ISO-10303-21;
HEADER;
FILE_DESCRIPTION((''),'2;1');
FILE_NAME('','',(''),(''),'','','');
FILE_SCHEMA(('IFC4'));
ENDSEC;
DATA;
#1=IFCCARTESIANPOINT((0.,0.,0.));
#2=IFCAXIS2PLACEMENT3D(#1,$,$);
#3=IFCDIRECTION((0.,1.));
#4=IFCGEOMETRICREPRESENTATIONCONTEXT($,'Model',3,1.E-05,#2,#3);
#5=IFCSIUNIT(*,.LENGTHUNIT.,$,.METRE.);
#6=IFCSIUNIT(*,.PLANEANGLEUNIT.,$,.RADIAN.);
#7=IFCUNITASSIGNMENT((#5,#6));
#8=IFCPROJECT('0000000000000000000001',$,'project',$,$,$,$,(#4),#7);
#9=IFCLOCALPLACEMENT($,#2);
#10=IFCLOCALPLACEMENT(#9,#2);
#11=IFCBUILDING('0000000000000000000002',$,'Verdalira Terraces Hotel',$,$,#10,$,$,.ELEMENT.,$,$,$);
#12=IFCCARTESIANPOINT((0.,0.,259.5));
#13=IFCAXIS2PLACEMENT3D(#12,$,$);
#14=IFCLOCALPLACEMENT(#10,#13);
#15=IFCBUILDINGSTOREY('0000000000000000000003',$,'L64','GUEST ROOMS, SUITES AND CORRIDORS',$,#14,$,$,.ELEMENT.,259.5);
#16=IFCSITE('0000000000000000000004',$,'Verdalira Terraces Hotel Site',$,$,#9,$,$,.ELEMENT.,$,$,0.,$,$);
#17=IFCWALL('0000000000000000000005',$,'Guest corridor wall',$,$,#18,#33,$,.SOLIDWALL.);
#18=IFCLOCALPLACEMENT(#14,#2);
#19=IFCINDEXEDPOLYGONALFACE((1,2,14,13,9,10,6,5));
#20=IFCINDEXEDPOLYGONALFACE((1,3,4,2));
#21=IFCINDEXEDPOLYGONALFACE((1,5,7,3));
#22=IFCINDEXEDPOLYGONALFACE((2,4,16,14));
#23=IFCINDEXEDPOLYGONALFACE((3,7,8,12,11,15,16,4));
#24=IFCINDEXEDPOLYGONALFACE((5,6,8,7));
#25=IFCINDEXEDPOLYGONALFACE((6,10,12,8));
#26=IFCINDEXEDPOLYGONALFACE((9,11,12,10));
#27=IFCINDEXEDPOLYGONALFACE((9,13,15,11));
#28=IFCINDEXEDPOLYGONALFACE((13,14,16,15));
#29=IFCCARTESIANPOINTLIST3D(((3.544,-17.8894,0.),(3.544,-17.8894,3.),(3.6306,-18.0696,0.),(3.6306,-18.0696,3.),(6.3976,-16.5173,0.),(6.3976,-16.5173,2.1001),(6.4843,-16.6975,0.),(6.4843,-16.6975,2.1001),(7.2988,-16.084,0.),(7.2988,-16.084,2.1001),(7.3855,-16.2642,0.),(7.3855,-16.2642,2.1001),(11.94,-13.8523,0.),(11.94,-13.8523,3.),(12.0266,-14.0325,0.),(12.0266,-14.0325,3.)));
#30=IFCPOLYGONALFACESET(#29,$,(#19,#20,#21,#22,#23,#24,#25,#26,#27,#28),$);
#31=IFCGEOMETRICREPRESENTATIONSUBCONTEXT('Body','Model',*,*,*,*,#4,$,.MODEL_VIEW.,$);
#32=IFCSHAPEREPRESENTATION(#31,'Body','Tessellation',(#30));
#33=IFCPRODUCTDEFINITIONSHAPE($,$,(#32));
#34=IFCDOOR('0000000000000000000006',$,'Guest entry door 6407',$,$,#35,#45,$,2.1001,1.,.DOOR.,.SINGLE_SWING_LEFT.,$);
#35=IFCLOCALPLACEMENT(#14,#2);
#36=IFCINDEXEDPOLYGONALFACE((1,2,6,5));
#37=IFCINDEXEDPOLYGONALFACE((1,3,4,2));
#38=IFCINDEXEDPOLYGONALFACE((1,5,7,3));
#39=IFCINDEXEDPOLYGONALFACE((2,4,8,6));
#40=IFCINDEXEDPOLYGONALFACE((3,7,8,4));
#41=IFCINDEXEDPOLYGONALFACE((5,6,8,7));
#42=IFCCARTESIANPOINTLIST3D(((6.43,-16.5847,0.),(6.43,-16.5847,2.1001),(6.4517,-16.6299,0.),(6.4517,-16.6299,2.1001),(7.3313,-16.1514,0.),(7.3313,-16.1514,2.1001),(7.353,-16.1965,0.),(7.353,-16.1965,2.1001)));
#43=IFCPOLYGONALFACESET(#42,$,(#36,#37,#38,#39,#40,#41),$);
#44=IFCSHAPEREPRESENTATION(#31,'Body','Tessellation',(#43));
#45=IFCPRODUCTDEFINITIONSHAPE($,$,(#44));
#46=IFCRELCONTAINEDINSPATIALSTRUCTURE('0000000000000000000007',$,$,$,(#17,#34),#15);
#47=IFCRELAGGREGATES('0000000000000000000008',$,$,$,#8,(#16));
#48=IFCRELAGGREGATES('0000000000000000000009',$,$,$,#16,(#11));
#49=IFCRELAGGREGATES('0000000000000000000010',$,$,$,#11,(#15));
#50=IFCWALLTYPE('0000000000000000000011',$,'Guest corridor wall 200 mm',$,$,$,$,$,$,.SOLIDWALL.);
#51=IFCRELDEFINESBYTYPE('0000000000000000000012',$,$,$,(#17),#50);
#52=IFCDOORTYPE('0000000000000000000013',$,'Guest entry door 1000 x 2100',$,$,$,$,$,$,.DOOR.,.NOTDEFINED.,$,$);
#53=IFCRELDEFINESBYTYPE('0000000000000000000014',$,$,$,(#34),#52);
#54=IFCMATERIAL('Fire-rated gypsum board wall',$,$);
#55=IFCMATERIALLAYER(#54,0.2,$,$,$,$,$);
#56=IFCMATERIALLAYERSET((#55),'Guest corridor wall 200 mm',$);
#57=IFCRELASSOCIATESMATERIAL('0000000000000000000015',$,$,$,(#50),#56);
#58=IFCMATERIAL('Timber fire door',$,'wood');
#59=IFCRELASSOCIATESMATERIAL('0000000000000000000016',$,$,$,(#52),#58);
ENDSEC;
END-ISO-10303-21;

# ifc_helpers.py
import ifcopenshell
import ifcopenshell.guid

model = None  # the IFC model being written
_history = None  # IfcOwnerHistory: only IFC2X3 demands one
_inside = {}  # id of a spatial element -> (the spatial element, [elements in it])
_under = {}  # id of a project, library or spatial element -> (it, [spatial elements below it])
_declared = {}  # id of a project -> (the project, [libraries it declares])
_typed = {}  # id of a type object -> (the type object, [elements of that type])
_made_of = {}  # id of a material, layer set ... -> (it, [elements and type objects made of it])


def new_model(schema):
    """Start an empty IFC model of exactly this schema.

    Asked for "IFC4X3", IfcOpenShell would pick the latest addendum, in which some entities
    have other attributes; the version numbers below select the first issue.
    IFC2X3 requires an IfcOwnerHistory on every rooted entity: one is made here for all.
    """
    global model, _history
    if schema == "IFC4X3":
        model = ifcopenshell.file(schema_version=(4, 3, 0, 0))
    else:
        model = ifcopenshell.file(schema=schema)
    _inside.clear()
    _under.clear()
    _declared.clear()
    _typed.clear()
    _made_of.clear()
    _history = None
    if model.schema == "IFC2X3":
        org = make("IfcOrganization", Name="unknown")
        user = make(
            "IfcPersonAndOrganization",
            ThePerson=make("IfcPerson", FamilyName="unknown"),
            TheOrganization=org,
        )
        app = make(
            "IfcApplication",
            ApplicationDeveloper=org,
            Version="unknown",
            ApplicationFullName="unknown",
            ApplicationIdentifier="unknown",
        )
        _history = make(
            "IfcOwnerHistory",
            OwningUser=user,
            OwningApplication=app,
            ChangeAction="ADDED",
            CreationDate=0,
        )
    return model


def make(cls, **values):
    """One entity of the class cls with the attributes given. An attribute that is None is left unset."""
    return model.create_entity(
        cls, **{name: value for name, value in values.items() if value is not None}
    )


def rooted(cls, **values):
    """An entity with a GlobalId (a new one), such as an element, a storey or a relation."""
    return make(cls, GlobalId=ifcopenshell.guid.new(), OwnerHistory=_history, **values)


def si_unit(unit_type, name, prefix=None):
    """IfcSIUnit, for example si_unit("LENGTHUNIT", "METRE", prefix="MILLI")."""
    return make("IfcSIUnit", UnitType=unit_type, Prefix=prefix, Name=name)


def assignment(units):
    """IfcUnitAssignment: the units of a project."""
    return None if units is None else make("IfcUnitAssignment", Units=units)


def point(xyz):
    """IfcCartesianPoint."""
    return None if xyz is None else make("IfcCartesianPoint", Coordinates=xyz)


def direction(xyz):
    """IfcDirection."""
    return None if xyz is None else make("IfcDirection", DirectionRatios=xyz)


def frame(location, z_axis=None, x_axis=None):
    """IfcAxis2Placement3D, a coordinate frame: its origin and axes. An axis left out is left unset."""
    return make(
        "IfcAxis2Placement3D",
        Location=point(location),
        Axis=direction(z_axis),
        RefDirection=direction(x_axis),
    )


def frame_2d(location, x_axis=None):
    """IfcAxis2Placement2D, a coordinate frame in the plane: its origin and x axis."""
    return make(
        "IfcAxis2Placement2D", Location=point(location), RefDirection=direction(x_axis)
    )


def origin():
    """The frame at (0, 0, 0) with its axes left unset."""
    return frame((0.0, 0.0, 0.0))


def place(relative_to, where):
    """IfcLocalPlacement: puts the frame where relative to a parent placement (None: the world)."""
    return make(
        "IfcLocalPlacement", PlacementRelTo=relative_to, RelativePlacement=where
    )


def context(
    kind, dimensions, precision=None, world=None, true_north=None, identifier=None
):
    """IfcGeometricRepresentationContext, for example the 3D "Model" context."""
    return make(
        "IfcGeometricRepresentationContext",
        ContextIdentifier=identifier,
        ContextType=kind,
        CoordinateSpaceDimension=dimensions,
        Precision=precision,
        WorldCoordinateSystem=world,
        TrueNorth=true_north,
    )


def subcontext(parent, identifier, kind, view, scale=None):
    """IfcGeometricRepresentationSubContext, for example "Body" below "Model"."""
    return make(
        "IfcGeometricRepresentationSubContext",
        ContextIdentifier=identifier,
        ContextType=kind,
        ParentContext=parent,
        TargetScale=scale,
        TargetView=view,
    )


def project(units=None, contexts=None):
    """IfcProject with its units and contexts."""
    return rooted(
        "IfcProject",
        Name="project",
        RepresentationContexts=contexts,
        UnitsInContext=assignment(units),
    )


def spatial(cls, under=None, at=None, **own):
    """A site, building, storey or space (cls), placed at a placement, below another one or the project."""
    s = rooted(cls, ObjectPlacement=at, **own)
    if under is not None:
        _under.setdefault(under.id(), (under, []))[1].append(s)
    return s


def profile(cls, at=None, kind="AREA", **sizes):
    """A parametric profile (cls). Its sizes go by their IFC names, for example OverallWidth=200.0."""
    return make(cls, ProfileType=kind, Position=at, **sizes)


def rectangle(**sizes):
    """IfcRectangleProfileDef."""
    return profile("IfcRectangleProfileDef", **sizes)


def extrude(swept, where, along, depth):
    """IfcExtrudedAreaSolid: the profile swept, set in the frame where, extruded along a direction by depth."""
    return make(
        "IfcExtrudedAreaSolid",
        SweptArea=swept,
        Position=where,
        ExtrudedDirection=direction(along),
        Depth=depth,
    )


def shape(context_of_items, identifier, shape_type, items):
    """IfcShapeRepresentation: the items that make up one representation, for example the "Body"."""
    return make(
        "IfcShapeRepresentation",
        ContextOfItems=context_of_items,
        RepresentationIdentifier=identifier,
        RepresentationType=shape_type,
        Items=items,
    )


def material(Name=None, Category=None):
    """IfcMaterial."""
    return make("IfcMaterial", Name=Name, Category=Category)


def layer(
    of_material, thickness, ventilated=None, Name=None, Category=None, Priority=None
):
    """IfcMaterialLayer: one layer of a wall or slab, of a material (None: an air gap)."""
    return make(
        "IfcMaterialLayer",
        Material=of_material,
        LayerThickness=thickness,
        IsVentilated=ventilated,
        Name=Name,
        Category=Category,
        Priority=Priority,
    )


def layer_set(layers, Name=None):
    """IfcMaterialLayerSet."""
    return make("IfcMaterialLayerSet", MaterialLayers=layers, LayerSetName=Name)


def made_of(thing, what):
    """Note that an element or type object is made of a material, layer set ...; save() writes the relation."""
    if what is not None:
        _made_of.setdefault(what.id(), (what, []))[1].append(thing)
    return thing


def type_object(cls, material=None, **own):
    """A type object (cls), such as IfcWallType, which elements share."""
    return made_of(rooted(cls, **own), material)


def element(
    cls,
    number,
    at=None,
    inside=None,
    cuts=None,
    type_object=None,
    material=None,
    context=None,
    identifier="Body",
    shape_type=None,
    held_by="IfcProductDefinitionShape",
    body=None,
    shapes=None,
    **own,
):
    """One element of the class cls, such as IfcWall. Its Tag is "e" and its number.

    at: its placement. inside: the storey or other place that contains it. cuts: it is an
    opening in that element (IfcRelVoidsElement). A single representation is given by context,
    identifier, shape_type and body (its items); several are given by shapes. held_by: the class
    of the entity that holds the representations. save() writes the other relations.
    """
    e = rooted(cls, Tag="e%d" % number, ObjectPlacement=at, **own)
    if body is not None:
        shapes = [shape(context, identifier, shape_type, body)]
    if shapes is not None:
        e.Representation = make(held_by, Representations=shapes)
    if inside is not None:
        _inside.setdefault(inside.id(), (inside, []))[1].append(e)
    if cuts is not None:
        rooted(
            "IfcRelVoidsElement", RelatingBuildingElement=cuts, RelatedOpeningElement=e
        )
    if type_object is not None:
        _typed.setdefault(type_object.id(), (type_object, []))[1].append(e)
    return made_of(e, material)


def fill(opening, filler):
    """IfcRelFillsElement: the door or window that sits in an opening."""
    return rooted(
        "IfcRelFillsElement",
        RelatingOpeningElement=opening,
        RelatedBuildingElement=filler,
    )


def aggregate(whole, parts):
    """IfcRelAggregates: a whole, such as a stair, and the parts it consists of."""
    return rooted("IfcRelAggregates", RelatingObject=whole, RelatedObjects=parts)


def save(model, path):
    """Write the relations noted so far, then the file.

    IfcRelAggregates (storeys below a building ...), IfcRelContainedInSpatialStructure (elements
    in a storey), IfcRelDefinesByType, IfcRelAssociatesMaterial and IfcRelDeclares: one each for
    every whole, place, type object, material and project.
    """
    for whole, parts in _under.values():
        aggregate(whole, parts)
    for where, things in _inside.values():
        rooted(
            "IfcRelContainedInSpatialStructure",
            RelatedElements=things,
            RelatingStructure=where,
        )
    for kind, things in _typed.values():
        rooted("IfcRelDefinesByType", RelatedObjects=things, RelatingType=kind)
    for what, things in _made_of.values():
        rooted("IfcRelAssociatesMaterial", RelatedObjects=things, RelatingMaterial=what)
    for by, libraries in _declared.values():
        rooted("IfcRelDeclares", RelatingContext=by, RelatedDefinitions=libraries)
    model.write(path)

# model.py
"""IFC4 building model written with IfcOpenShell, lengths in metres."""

from ifc_helpers import new_model, si_unit, direction, frame, frame_2d, origin, place, context, subcontext, project, spatial, rectangle, extrude, material, layer, layer_set, type_object, element, fill, save


model = new_model("IFC4")

# Units and contexts
model_context = context("Model", 3, precision=1e-05, world=origin(), true_north=direction((0.0, 1.0)))
body_context = subcontext(model_context, "Body", "Model", "MODEL_VIEW")
ifc_project = project(units=[si_unit("LENGTHUNIT", "METRE"), si_unit("PLANEANGLEUNIT", "RADIAN")], contexts=[model_context])

# Site, building, storey
site_placement = place(None, origin())
site = spatial("IfcSite", under=ifc_project, at=site_placement, Name="Verdalira Terraces Hotel Site", CompositionType="ELEMENT", RefElevation=0.0)
building_placement = place(site_placement, origin())
building = spatial("IfcBuilding", under=site, at=building_placement, Name="Verdalira Terraces Hotel", CompositionType="ELEMENT")
storey_placement = place(building_placement, frame((0.0, 0.0, 259.5)))
storey = spatial("IfcBuildingStorey", under=building, at=storey_placement, Name="L64", Description="GUEST ROOMS, SUITES AND CORRIDORS", CompositionType="ELEMENT", Elevation=259.5)

# Wall, opening, door
ifc_material_1 = material(Name="Fire-rated gypsum board wall")
ifc_layer_1 = layer(ifc_material_1, 0.2)
ifc_layer_set_1 = layer_set([ifc_layer_1], Name="Guest corridor wall 200 mm")
wall_type_1 = type_object("IfcWallType", Name="Guest corridor wall 200 mm", PredefinedType="SOLIDWALL", material=ifc_layer_set_1)
wall_1_placement = place(storey_placement, frame((11.9834, -13.9424, 0.0), z_axis=(0.0, 0.0, 1.0), x_axis=(-0.901228, -0.433344, 0.0)))
wall_1 = element("IfcWall", 1, at=wall_1_placement, inside=storey, type_object=wall_type_1, Name="Guest corridor wall", PredefinedType="SOLIDWALL", context=body_context, shape_type="SweptSolid", body=[
    extrude(rectangle(XDim=9.3162, YDim=0.2, at=frame_2d((4.6582, 0.0))), origin(), (0.0, 0.0, 1.0), 3.0),
])
opening_1_placement = place(wall_1_placement, frame((5.1499, 0.0, 0.0)))
opening_1 = element("IfcOpeningElement", 2, at=opening_1_placement, cuts=wall_1, PredefinedType="OPENING", context=body_context, shape_type="SweptSolid", body=[
    extrude(rectangle(XDim=1.0, YDim=2.1001, at=frame_2d((0.5, 1.05))), frame((0.0, 0.1099, 0.0), z_axis=(0.0, -1.0, 0.0), x_axis=(1.0, 0.0, 0.0)), (0.0, 0.0, 1.0), 0.22),
])
ifc_material_2 = material(Name="Timber fire door", Category="wood")
door_type_1 = type_object("IfcDoorType", Name="Guest entry door 1000 x 2100", OperationType="NOTDEFINED", PredefinedType="DOOR", material=ifc_material_2)
door_1_placement = place(opening_1_placement, origin())
door_1 = element("IfcDoor", 3, at=door_1_placement, inside=storey, type_object=door_type_1, Name="Guest entry door 6407", OperationType="SINGLE_SWING_LEFT", OverallHeight=2.1001, OverallWidth=1.0, PredefinedType="DOOR", context=body_context, shape_type="SweptSolid", body=[
    extrude(rectangle(XDim=1.0, YDim=2.1001, at=frame_2d((0.5, 1.05))), frame((0.0, 0.0249, 0.0), z_axis=(0.0, -1.0, 0.0), x_axis=(1.0, 0.0, 0.0)), (0.0, 0.0, 1.0), 0.05),
])
fill(opening_1, door_1)

save(model, "model.ifc")
